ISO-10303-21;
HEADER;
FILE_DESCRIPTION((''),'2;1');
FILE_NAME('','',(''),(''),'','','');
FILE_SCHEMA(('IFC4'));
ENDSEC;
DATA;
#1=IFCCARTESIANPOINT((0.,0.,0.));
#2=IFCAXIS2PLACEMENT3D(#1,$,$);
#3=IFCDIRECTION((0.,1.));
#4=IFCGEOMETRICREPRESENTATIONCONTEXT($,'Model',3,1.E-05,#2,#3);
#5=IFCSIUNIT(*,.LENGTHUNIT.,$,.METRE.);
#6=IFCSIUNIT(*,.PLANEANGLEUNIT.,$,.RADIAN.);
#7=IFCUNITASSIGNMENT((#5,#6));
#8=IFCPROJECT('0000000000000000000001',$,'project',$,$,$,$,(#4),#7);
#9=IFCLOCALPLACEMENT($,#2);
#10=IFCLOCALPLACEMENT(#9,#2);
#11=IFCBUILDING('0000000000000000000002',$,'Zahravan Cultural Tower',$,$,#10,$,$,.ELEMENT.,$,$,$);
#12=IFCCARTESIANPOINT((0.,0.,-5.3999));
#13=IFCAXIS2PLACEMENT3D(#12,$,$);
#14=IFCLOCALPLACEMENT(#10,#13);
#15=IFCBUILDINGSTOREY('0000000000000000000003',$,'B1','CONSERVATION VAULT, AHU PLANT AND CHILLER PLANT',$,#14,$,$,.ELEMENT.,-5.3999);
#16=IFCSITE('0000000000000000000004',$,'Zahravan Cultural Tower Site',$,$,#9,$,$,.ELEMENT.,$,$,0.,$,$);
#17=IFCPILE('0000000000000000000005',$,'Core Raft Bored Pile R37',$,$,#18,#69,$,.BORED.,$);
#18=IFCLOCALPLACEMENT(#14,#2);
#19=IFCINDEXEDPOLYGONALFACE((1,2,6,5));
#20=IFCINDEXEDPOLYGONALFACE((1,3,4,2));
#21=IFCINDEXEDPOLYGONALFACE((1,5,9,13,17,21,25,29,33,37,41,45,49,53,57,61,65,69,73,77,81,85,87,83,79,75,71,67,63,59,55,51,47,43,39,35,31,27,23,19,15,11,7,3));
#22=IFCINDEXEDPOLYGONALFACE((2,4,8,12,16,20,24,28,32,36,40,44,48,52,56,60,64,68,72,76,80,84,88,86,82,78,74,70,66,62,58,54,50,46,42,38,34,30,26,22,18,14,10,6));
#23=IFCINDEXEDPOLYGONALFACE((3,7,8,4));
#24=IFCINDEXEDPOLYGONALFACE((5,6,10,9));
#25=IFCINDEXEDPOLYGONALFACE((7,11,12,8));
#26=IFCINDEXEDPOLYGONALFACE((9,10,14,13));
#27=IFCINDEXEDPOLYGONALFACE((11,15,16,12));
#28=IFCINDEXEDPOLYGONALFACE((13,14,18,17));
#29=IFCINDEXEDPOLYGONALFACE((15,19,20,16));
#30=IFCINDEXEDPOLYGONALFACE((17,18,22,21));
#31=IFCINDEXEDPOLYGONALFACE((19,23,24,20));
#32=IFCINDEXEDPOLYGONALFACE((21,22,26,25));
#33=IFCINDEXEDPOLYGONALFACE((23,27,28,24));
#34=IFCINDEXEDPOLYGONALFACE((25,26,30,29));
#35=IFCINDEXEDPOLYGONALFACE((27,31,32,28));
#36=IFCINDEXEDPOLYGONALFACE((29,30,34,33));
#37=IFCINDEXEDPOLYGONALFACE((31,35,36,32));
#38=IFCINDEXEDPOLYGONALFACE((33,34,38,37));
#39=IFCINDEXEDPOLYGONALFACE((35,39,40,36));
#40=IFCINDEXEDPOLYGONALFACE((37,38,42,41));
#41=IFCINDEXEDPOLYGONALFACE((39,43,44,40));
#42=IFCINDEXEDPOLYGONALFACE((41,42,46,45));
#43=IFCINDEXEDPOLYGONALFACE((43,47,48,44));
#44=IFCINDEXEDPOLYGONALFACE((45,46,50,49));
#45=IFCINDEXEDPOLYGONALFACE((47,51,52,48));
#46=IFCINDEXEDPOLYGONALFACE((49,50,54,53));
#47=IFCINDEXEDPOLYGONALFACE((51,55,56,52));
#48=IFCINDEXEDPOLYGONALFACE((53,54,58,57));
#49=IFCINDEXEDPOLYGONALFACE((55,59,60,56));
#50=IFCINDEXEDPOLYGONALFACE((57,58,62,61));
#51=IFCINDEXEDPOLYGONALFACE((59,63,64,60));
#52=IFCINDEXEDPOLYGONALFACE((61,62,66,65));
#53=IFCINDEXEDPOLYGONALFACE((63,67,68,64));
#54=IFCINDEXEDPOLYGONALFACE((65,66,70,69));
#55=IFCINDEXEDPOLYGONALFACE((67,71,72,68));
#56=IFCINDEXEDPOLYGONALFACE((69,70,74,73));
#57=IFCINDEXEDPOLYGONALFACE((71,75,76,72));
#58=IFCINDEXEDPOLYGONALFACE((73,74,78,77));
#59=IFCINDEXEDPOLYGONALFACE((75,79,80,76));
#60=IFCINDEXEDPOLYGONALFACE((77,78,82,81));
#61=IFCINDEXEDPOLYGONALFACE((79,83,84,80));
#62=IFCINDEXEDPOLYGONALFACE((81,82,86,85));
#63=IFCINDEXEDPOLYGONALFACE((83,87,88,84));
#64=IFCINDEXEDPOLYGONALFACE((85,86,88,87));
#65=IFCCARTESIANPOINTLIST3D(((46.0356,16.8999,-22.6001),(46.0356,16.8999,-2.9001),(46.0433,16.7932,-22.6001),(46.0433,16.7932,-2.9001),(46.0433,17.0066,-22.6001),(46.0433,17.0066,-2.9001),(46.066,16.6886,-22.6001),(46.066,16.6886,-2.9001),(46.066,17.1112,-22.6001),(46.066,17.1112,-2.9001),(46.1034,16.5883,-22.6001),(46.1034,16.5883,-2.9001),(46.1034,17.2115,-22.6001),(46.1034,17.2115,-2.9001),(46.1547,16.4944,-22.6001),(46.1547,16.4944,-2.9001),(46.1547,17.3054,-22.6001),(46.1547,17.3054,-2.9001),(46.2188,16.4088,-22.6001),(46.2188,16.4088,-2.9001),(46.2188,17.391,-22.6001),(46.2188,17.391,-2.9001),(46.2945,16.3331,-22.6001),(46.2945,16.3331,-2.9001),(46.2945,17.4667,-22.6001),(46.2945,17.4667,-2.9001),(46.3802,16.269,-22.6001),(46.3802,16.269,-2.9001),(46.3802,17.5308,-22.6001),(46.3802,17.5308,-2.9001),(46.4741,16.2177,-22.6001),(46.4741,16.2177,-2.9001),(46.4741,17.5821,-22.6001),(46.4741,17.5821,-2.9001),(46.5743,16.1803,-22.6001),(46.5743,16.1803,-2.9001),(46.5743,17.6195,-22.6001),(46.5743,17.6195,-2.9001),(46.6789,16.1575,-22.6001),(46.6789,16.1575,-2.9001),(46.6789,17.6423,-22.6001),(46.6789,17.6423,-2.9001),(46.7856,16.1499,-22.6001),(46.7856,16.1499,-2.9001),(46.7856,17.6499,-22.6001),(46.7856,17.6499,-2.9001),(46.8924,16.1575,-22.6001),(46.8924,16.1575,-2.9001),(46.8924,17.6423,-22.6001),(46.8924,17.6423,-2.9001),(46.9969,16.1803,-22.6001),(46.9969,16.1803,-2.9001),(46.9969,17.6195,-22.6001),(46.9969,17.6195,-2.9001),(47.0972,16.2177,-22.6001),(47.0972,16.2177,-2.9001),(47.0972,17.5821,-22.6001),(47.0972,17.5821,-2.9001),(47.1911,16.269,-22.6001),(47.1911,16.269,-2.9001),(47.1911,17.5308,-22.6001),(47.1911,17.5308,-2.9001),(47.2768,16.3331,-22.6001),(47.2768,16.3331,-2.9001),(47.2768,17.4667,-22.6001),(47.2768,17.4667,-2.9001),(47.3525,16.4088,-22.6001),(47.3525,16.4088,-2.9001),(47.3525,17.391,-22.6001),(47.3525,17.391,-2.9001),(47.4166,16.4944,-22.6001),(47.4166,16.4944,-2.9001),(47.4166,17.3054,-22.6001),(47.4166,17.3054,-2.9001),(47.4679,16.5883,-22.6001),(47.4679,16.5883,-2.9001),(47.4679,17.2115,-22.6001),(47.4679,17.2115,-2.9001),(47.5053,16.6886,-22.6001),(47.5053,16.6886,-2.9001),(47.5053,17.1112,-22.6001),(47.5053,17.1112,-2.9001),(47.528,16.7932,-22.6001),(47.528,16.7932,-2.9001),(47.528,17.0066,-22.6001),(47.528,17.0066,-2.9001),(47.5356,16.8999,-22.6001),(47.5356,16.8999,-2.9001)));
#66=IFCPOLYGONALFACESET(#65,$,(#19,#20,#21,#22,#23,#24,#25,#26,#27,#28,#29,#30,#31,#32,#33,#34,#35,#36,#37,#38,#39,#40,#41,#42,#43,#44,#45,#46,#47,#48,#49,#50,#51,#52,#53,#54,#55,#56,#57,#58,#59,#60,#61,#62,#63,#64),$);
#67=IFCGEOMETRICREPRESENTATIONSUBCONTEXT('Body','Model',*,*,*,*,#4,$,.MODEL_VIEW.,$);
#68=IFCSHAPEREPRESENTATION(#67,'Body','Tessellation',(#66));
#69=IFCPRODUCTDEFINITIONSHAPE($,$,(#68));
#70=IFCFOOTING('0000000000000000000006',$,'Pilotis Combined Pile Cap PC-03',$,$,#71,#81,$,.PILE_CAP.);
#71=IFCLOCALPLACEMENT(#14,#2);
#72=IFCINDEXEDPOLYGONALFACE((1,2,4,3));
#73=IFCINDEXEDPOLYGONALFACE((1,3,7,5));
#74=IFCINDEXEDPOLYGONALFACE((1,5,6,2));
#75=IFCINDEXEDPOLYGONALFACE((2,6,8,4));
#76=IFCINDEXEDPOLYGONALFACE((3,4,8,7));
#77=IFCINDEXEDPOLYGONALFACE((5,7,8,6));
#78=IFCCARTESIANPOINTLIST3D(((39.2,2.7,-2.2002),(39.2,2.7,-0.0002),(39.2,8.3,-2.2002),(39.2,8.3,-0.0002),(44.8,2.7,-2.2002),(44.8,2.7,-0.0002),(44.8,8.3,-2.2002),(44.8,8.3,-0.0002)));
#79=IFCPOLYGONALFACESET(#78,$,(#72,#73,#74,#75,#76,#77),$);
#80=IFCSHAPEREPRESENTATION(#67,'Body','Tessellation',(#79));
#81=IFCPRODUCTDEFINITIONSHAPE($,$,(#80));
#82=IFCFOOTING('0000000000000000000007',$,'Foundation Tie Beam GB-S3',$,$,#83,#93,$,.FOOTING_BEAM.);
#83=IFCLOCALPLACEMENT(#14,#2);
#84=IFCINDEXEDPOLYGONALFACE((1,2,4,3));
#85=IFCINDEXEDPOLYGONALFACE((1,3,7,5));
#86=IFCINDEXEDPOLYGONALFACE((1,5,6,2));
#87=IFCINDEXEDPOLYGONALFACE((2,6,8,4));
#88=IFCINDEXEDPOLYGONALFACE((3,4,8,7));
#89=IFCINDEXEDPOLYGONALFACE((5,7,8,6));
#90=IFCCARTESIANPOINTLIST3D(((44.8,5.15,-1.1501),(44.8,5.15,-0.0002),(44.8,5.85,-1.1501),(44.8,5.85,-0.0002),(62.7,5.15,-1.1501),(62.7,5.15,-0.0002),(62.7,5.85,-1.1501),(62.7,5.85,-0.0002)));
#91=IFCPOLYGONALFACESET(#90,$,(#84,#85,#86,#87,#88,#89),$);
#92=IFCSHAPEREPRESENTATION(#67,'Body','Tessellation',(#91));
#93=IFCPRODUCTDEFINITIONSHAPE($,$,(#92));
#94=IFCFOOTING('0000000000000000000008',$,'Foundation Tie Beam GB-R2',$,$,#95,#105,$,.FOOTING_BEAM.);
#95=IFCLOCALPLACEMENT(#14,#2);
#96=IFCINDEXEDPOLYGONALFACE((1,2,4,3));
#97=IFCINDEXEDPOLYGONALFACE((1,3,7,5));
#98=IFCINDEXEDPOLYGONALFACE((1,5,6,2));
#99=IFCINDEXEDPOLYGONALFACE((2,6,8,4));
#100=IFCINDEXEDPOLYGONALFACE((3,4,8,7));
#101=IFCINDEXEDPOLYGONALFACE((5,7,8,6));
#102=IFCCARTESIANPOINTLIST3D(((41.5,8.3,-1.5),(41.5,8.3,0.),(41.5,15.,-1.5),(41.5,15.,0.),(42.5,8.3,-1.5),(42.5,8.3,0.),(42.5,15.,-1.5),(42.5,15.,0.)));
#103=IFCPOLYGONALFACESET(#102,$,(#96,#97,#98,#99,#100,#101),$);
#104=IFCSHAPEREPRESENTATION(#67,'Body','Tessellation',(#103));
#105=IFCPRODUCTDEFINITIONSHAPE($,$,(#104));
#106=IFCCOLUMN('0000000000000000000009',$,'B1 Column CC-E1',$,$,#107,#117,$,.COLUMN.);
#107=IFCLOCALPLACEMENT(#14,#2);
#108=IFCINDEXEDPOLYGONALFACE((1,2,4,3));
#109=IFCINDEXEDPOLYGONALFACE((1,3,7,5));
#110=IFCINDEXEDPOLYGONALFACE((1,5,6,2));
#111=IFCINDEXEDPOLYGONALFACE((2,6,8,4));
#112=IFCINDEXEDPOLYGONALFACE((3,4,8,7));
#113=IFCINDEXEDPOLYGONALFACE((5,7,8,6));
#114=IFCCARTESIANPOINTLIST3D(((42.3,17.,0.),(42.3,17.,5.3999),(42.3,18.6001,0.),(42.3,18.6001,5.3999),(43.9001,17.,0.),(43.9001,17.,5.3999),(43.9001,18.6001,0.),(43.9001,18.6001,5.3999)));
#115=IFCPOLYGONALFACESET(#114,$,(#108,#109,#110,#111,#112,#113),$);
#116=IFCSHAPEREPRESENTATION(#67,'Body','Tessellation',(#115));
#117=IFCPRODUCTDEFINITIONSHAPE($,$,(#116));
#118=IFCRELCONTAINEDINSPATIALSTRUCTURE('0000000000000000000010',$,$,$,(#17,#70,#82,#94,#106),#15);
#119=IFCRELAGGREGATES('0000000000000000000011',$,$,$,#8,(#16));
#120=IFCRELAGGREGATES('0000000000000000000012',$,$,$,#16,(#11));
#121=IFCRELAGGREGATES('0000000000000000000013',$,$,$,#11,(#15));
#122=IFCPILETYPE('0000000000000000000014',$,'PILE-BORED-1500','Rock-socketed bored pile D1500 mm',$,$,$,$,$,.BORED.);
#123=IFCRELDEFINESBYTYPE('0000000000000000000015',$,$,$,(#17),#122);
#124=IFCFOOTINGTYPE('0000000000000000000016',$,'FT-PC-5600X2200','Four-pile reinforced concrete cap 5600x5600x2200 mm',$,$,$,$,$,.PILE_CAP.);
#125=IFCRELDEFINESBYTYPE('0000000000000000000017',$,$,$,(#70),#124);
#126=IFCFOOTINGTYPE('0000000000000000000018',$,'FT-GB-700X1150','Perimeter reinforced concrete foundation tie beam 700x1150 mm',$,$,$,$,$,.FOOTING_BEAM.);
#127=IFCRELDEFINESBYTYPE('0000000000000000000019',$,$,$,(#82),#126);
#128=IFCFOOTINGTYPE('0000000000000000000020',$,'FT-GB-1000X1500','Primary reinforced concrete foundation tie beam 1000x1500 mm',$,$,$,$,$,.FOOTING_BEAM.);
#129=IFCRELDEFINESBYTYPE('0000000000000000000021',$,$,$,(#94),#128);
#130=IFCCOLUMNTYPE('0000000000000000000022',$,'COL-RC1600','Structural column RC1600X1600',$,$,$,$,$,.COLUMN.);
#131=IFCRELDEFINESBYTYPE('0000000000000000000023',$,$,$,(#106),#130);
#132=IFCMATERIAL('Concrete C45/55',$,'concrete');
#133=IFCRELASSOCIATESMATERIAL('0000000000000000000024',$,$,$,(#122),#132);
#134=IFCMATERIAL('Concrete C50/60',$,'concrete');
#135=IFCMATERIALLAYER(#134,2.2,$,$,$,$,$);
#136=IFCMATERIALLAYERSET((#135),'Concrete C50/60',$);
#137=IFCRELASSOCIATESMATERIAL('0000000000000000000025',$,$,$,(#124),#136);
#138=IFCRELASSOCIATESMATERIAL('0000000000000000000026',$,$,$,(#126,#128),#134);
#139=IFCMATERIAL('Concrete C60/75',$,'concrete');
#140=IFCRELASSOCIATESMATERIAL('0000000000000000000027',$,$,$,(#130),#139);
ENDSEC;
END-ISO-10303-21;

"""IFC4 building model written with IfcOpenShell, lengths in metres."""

from ifc_helpers import new_model, si_unit, direction, frame, origin, origin_2d, place, context, subcontext, project, spatial, rectangle, circle, extrude, source, transform, mapped, material, layer, layer_set, material_profile, profile_set, type_object, element, save


model = new_model("IFC4")

# Units and contexts
model_context = context("Model", 3, precision=1e-05, world=origin(), true_north=direction((0.0, 1.0)))
body_context = subcontext(model_context, "Body", "Model", "MODEL_VIEW")
ifc_project = project(units=[si_unit("LENGTHUNIT", "METRE"), si_unit("PLANEANGLEUNIT", "RADIAN")], contexts=[model_context])

# Site, building, storey
site_placement = place(None, origin())
site = spatial("IfcSite", under=ifc_project, at=site_placement, Name="Zahravan Cultural Tower Site", CompositionType="ELEMENT", RefElevation=0.0)
building_placement = place(site_placement, origin())
building = spatial("IfcBuilding", under=site, at=building_placement, Name="Zahravan Cultural Tower", CompositionType="ELEMENT")
storey_placement = place(building_placement, frame((0.0, 0.0, -5.3999)))
storey = spatial("IfcBuildingStorey", under=building, at=storey_placement, Name="B1", Description="CONSERVATION VAULT, AHU PLANT AND CHILLER PLANT", CompositionType="ELEMENT", Elevation=-5.3999)

# Pile
ifc_material_1 = material(Name="Concrete C45/55", Category="concrete")
ifc_material_profile_1 = material_profile(ifc_material_1, circle(Radius=0.75, at=origin_2d()), Name="PILE-D1500")
ifc_profile_set_1 = profile_set([ifc_material_profile_1], Name="Concrete C45/55")
pile_type_1 = type_object("IfcPileType", Name="PILE-BORED-1500", Description="Rock-socketed bored pile D1500 mm", PredefinedType="BORED", material=ifc_profile_set_1)
for number, where, z_axis, x_axis, name in (
    (1, (46.7856, 16.8999, -2.9001), (0.0, 0.0, -1.0), (1.0, 0.0, 0.0), "Core Raft Bored Pile R37"),
):
    element("IfcPile", number, at=place(storey_placement, frame(where, z_axis=z_axis, x_axis=x_axis)), inside=storey, type_object=pile_type_1, Name=name, PredefinedType="BORED", context=body_context, shape_type="SweptSolid", body=[
        extrude(circle(Radius=0.75, at=origin_2d()), origin(), (0.0, 0.0, 1.0), 19.7),
    ])

# Footings
ifc_material_2 = material(Name="Concrete C50/60", Category="concrete")
ifc_layer_1 = layer(ifc_material_2, 2.2)
ifc_layer_set_1 = layer_set([ifc_layer_1], Name="Concrete C50/60")
footing_type_1 = type_object("IfcFootingType", Name="FT-PC-5600X2200", Description="Four-pile reinforced concrete cap 5600x5600x2200 mm", PredefinedType="PILE_CAP", material=ifc_layer_set_1)
shared_shape_1 = source(origin(), body_context, "Body", "SweptSolid", [
    extrude(rectangle(XDim=5.6001, YDim=5.6001, at=origin_2d()), origin(), (0.0, 0.0, 1.0), 2.2),
])
footing_1_placement = place(storey_placement, frame((42.0, 5.5, -2.2002), z_axis=(0.0, 0.0, 1.0), x_axis=(1.0, 0.0, 0.0)))
element("IfcFooting", 2, at=footing_1_placement, inside=storey, type_object=footing_type_1, Name="Pilotis Combined Pile Cap PC-03", PredefinedType="PILE_CAP", context=body_context, shape_type="MappedRepresentation", body=[
    mapped(shared_shape_1, transform((0.0, 0.0, 0.0), x_axis=(1.0, 0.0, 0.0), y_axis=(0.0, 1.0, 0.0), z_axis=(0.0, 0.0, 1.0), scale=1.0)),
])
ifc_material_profile_2 = material_profile(ifc_material_2, rectangle(XDim=0.7, YDim=1.1499, at=origin_2d()), Name="RC700X1150")
ifc_profile_set_2 = profile_set([ifc_material_profile_2], Name="Concrete C50/60")
footing_type_2 = type_object("IfcFootingType", Name="FT-GB-700X1150", Description="Perimeter reinforced concrete foundation tie beam 700x1150 mm", PredefinedType="FOOTING_BEAM", material=ifc_profile_set_2)
shared_shape_2 = source(origin(), body_context, "Body", "SweptSolid", [
    extrude(rectangle(XDim=0.7, YDim=1.1499, at=origin_2d()), origin(), (0.0, 0.0, 1.0), 17.8999),
])
footing_2_placement = place(storey_placement, frame((44.8, 5.5, -0.5752), z_axis=(1.0, 0.0, 0.0), x_axis=(0.0, 1.0, 0.0)))
element("IfcFooting", 3, at=footing_2_placement, inside=storey, type_object=footing_type_2, Name="Foundation Tie Beam GB-S3", PredefinedType="FOOTING_BEAM", context=body_context, shape_type="MappedRepresentation", body=[
    mapped(shared_shape_2, transform((0.0, 0.0, 0.0), x_axis=(1.0, 0.0, 0.0), y_axis=(0.0, 1.0, 0.0), z_axis=(0.0, 0.0, 1.0), scale=1.0)),
])
ifc_material_profile_3 = material_profile(ifc_material_2, rectangle(XDim=1.0, YDim=1.5, at=origin_2d()), Name="RC1000X1500")
ifc_profile_set_3 = profile_set([ifc_material_profile_3], Name="Concrete C50/60")
footing_type_3 = type_object("IfcFootingType", Name="FT-GB-1000X1500", Description="Primary reinforced concrete foundation tie beam 1000x1500 mm", PredefinedType="FOOTING_BEAM", material=ifc_profile_set_3)
shared_shape_3 = source(origin(), body_context, "Body", "SweptSolid", [
    extrude(rectangle(XDim=1.0, YDim=1.5, at=origin_2d()), origin(), (0.0, 0.0, 1.0), 6.7),
])
footing_3_placement = place(storey_placement, frame((42.0, 8.3, -0.75), z_axis=(0.0, 1.0, 0.0), x_axis=(-1.0, 0.0, 0.0)))
element("IfcFooting", 4, at=footing_3_placement, inside=storey, type_object=footing_type_3, Name="Foundation Tie Beam GB-R2", PredefinedType="FOOTING_BEAM", context=body_context, shape_type="MappedRepresentation", body=[
    mapped(shared_shape_3, transform((0.0, 0.0, 0.0), x_axis=(1.0, 0.0, 0.0), y_axis=(0.0, 1.0, 0.0), z_axis=(0.0, 0.0, 1.0), scale=1.0)),
])

# Column
ifc_material_3 = material(Name="Concrete C60/75", Category="concrete")
ifc_material_profile_4 = material_profile(ifc_material_3, rectangle(XDim=1.6001, YDim=1.6001, at=origin_2d()), Name="RC1600X1600")
ifc_profile_set_4 = profile_set([ifc_material_profile_4], Name="Concrete C60/75")
column_type_1 = type_object("IfcColumnType", Name="COL-RC1600", Description="Structural column RC1600X1600", PredefinedType="COLUMN", material=ifc_profile_set_4)
shared_shape_4 = source(origin(), body_context, "Body", "SweptSolid", [
    extrude(rectangle(XDim=1.6001, YDim=1.6001, at=origin_2d()), origin(), (0.0, 0.0, 1.0), 5.3999),
])
column_1_placement = place(storey_placement, frame((43.1001, 17.8, 0.0), z_axis=(0.0, 0.0, 1.0), x_axis=(1.0, 0.0, 0.0)))
element("IfcColumn", 5, at=column_1_placement, inside=storey, type_object=column_type_1, Name="B1 Column CC-E1", PredefinedType="COLUMN", context=body_context, shape_type="MappedRepresentation", body=[
    mapped(shared_shape_4, transform((0.0, 0.0, 0.0), x_axis=(1.0, 0.0, 0.0), y_axis=(0.0, 1.0, 0.0), z_axis=(0.0, 0.0, 1.0), scale=1.0)),
])

save(model, "model.ifc")
